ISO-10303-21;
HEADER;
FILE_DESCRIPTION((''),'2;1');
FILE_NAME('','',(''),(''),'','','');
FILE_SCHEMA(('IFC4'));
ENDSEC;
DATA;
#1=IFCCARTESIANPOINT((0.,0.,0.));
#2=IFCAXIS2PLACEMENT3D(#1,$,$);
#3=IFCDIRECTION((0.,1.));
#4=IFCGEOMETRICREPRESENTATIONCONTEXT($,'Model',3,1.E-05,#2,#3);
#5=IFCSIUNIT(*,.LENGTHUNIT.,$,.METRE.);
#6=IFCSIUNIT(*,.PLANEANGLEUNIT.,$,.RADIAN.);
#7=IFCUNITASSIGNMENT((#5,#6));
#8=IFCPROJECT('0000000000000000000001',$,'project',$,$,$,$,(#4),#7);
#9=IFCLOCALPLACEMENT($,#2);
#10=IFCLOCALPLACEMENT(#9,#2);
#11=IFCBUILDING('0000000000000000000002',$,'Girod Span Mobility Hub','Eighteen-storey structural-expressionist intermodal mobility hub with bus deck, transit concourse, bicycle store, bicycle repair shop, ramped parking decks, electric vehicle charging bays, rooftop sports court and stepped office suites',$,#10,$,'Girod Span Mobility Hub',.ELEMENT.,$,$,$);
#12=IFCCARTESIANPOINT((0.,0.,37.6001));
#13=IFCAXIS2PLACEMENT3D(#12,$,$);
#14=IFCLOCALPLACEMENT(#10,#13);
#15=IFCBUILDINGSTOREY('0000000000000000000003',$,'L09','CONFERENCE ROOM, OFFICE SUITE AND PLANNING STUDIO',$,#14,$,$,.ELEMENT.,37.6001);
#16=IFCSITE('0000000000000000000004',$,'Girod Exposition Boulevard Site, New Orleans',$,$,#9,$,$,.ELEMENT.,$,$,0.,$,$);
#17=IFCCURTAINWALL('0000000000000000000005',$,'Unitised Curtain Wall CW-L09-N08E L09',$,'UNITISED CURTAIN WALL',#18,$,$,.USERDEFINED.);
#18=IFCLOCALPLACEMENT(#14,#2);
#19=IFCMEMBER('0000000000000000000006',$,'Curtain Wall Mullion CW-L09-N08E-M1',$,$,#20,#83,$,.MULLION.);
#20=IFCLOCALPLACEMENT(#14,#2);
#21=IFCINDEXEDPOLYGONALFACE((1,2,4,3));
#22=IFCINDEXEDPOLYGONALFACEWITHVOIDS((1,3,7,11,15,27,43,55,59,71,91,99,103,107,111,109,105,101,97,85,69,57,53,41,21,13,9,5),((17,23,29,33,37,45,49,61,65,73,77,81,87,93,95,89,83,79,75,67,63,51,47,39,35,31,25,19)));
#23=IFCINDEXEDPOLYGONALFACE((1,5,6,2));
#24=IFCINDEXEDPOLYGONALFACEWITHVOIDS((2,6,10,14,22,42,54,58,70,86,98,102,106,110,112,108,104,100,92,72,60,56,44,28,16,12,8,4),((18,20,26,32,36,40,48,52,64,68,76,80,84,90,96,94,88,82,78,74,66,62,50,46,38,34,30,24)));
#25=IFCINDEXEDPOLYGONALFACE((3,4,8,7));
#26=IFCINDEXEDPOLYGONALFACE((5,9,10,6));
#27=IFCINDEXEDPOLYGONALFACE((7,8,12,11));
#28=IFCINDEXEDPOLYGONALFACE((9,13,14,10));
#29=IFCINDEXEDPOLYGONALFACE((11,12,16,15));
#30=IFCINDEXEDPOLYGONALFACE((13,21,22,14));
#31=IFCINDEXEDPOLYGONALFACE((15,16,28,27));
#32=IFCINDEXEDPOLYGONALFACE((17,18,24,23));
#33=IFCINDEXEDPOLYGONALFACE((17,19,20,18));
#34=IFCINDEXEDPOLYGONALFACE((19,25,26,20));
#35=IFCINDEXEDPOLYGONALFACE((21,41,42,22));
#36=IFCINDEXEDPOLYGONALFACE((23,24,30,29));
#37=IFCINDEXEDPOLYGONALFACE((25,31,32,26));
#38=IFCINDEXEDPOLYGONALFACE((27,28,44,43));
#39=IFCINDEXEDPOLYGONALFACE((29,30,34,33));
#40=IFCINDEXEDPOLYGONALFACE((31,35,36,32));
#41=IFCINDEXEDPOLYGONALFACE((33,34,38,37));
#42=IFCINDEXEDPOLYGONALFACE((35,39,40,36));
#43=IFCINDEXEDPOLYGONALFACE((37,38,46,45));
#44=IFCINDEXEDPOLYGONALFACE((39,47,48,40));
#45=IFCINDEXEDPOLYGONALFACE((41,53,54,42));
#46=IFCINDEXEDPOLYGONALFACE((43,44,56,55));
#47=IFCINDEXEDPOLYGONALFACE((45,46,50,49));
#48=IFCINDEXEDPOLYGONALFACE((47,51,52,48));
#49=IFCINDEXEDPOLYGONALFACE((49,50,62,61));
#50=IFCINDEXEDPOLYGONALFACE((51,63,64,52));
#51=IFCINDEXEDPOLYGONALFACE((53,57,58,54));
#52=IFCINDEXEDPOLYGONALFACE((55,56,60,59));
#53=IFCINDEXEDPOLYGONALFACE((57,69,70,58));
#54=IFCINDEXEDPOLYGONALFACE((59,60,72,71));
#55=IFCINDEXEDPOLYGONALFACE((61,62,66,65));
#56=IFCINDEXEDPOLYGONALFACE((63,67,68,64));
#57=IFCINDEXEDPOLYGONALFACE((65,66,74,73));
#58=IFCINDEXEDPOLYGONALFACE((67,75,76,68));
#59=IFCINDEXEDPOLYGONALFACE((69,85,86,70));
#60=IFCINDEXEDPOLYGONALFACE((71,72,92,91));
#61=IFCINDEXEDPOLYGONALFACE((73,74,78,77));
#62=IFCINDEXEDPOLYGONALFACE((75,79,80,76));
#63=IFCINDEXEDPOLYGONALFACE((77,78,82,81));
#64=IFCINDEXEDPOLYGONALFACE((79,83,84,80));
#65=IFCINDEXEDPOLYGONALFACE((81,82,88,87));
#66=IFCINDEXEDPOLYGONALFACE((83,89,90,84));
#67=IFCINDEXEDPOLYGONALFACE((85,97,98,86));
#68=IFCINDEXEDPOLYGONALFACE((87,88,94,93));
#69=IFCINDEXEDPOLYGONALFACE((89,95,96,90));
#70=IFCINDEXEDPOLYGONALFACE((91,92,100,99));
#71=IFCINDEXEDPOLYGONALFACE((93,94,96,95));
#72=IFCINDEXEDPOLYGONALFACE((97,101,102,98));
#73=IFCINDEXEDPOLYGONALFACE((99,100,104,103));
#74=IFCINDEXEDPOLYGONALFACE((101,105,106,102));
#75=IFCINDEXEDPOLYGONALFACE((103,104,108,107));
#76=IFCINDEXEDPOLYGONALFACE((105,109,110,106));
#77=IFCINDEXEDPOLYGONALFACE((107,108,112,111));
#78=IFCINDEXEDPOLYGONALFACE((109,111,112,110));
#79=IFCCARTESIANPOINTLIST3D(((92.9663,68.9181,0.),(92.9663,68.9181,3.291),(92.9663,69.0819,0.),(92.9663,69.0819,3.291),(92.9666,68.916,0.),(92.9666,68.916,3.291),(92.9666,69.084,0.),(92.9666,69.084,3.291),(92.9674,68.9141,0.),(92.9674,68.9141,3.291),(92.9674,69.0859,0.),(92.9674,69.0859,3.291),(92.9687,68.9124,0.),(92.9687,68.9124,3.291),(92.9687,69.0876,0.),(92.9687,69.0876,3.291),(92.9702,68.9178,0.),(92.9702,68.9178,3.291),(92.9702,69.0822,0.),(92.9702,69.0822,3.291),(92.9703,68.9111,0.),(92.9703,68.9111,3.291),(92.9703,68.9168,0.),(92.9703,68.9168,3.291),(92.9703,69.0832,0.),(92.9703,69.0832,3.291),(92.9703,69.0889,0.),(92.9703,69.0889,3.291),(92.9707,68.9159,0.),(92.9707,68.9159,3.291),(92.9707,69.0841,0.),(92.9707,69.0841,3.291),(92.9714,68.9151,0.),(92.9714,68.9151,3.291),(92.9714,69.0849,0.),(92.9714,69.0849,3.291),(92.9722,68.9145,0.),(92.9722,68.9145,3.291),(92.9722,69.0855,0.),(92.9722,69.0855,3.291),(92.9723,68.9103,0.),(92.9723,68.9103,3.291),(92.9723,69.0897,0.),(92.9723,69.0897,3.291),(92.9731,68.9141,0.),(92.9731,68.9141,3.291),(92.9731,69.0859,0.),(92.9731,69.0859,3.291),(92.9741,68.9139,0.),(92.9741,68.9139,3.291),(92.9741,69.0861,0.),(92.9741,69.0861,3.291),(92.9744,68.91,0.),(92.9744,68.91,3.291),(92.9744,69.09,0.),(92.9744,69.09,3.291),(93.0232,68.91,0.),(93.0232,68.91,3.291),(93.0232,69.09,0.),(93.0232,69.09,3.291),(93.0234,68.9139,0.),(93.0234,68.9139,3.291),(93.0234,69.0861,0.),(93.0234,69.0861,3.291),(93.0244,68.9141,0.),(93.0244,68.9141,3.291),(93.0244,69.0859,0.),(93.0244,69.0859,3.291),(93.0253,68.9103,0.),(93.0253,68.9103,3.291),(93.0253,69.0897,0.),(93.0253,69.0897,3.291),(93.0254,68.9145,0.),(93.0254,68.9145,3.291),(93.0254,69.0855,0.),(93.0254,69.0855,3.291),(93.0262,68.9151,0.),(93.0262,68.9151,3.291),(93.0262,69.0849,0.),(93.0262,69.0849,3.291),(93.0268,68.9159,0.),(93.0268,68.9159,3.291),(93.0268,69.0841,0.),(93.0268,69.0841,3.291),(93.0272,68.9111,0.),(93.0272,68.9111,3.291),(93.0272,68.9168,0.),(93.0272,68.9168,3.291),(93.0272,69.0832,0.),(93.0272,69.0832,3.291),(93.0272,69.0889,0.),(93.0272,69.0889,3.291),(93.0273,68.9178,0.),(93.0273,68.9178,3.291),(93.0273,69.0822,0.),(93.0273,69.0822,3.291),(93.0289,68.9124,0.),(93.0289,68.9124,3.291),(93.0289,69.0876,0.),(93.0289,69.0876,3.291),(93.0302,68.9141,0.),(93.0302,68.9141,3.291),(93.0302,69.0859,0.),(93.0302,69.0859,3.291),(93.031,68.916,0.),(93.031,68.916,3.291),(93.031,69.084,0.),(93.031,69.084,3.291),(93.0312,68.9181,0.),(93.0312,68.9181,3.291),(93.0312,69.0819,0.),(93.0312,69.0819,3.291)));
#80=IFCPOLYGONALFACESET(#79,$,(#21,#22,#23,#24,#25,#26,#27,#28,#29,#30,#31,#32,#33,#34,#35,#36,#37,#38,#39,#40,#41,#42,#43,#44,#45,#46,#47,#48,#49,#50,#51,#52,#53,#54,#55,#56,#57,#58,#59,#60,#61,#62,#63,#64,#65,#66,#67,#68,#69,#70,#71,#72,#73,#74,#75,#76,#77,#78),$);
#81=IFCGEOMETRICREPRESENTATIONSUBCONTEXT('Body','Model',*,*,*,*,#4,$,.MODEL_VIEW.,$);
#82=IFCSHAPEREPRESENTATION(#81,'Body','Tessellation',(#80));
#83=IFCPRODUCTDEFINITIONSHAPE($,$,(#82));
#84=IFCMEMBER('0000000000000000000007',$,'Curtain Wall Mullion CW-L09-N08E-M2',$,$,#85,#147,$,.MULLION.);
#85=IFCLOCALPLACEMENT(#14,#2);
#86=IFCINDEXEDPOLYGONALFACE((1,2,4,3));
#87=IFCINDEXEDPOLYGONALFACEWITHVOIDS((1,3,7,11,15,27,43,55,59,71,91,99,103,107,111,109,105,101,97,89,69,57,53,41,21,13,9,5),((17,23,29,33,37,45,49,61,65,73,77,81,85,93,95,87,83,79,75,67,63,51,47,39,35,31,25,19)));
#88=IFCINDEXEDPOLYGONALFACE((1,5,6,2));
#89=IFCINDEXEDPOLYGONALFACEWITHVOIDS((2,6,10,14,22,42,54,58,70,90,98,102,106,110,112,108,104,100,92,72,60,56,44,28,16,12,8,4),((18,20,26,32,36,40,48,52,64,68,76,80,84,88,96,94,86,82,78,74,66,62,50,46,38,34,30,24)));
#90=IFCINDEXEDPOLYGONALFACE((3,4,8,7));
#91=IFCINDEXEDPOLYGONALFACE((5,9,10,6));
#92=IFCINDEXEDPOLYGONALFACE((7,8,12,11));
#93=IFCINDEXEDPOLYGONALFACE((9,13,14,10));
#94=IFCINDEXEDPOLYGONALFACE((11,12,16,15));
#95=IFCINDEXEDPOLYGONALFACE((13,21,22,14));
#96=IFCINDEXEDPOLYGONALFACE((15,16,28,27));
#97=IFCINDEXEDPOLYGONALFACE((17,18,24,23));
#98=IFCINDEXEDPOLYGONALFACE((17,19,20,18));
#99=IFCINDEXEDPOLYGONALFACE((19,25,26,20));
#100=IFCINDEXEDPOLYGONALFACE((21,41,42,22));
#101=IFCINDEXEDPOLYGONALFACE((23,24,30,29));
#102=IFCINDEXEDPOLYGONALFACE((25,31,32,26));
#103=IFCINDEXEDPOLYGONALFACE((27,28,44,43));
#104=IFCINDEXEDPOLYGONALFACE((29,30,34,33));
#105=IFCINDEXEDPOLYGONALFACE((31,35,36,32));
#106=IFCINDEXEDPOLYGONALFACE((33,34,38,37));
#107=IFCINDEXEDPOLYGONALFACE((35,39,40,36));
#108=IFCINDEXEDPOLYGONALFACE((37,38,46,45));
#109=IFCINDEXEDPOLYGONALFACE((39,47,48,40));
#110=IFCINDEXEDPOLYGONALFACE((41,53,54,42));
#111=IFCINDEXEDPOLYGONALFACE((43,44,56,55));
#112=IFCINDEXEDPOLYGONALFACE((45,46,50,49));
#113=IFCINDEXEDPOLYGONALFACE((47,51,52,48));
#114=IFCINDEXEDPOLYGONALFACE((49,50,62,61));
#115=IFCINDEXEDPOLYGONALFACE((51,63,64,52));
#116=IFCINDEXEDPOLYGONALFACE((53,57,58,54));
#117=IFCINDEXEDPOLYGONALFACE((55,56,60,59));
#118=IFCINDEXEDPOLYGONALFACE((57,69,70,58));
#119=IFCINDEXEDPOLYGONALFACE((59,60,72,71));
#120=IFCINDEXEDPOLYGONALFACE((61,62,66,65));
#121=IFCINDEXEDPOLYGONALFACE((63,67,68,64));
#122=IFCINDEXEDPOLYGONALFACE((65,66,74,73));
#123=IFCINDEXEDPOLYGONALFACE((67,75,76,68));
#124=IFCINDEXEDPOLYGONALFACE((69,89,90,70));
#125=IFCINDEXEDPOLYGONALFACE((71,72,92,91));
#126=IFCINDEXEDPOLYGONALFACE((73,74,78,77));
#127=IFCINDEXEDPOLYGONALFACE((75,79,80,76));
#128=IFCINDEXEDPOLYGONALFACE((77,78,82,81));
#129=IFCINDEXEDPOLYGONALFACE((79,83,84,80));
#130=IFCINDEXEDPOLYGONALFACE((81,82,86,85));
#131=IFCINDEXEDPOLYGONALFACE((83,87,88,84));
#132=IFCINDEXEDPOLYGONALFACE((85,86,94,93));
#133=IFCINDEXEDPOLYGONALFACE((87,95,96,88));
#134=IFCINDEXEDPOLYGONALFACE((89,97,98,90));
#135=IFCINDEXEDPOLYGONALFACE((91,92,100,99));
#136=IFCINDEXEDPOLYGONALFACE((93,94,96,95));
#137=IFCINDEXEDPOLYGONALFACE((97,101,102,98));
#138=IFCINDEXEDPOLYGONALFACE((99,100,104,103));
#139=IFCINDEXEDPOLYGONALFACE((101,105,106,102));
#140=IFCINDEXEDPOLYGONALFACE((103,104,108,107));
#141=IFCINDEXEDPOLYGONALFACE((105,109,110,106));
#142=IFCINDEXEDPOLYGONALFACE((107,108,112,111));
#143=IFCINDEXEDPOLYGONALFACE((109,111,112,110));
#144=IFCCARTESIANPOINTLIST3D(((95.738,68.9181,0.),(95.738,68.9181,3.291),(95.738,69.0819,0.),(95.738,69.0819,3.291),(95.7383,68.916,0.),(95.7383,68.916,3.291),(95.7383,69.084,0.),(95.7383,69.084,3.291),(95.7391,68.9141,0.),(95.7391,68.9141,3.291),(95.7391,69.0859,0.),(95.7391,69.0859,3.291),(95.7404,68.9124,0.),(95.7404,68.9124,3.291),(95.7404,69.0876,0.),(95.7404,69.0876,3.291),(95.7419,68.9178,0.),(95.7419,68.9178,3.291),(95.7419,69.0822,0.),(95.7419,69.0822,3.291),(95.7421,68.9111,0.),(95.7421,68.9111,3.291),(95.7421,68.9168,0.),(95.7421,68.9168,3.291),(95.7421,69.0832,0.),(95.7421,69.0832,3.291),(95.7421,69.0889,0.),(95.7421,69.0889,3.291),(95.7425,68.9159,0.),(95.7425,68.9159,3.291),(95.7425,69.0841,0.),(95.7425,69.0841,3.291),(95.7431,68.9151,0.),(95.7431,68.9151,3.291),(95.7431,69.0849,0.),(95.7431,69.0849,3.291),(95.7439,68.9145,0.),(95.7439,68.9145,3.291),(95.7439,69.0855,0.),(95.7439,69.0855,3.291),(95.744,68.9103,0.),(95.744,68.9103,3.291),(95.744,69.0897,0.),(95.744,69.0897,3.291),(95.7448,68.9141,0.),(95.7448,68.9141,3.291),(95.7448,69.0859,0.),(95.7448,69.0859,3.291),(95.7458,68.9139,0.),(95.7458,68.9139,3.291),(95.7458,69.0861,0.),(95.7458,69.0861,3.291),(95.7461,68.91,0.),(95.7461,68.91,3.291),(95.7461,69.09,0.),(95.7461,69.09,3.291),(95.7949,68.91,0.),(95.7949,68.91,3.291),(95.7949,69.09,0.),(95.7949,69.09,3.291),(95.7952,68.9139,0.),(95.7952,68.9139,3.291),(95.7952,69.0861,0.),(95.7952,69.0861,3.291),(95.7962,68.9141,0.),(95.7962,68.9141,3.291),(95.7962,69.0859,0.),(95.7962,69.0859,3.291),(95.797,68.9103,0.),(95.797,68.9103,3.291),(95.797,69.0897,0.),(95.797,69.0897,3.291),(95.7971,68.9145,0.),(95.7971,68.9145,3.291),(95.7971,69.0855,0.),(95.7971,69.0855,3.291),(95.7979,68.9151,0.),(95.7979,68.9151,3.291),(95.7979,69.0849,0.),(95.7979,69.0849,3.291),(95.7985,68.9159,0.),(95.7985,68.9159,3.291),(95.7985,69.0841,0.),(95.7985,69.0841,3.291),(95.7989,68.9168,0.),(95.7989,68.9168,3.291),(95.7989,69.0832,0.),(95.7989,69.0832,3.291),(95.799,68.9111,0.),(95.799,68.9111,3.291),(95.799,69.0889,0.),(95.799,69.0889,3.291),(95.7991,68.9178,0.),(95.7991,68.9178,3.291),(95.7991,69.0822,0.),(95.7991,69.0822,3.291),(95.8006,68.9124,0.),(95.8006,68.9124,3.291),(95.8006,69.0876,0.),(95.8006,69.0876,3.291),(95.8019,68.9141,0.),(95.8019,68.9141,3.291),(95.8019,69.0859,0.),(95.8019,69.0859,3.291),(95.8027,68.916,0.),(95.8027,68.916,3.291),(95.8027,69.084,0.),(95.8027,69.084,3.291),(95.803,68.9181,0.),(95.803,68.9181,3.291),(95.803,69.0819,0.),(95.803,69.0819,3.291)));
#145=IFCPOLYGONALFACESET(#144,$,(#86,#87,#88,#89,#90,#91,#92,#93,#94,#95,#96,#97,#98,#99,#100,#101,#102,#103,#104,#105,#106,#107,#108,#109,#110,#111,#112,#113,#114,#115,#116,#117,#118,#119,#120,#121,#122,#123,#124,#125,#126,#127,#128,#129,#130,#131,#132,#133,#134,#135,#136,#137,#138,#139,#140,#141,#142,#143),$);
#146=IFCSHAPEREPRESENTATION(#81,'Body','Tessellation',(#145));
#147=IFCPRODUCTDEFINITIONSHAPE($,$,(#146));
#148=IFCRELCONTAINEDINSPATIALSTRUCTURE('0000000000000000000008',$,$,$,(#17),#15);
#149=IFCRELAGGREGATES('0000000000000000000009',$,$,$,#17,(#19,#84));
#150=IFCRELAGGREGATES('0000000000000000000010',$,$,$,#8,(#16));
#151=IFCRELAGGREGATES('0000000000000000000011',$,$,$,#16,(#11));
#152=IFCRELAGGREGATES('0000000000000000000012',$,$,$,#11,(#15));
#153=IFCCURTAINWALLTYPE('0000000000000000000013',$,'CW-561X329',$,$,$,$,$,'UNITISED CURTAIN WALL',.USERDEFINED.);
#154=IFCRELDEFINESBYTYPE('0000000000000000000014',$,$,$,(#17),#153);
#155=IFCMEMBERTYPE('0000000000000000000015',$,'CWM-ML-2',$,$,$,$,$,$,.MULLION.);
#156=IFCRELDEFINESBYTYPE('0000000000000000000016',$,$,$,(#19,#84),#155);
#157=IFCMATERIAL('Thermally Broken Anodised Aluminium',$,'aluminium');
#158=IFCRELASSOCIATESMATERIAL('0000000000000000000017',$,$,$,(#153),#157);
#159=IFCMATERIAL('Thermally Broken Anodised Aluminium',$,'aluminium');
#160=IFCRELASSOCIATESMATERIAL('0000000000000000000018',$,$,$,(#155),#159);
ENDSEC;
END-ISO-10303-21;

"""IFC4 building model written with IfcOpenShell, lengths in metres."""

from ifc_helpers import new_model, si_unit, direction, frame, origin, origin_2d, place, context, subcontext, project, spatial, hollow_rectangle, extrude, material, material_profile, profile_set, type_object, element, aggregate, save


model = new_model("IFC4")

# Units and contexts
model_context = context("Model", 3, precision=1e-05, world=origin(), true_north=direction((0.0, 1.0)))
body_context = subcontext(model_context, "Body", "Model", "MODEL_VIEW")
ifc_project = project(units=[si_unit("LENGTHUNIT", "METRE"), si_unit("PLANEANGLEUNIT", "RADIAN")], contexts=[model_context])

# Site, building, storey
site_placement = place(None, origin())
site = spatial("IfcSite", under=ifc_project, at=site_placement, Name="Girod Exposition Boulevard Site, New Orleans", CompositionType="ELEMENT", RefElevation=0.0)
building_placement = place(site_placement, origin())
building = spatial("IfcBuilding", under=site, at=building_placement, Name="Girod Span Mobility Hub", Description="Eighteen-storey structural-expressionist intermodal mobility hub with bus deck, transit concourse, bicycle store, bicycle repair shop, ramped parking decks, electric vehicle charging bays, rooftop sports court and stepped office suites", LongName="Girod Span Mobility Hub", CompositionType="ELEMENT")
storey_placement = place(building_placement, frame((0.0, 0.0, 37.6001)))
storey = spatial("IfcBuildingStorey", under=building, at=storey_placement, Name="L09", Description="CONFERENCE ROOM, OFFICE SUITE AND PLANNING STUDIO", CompositionType="ELEMENT", Elevation=37.6001)

# Curtain wall, members
ifc_material_1 = material(Name="Thermally Broken Anodised Aluminium", Category="aluminium")
curtain_wall_type = type_object("IfcCurtainWallType", Name="CW-561X329", ElementType="UNITISED CURTAIN WALL", PredefinedType="USERDEFINED", material=ifc_material_1)
ifc_material_2 = material(Name="Thermally Broken Anodised Aluminium", Category="aluminium")
ifc_material_profile_1 = material_profile(ifc_material_2, hollow_rectangle(XDim=0.1799, YDim=0.0649, WallThickness=0.0039, InnerFilletRadius=0.0039, OuterFilletRadius=0.0081, at=origin_2d()), Name="CW-ML-65X180")
ifc_profile_set_1 = profile_set([ifc_material_profile_1], Name="Thermally Broken Anodised Aluminium")
member_type_1 = type_object("IfcMemberType", Name="CWM-ML-2", PredefinedType="MULLION", material=ifc_profile_set_1)
curtain_wall_1_placement = place(storey_placement, origin())
curtain_wall_1 = element("IfcCurtainWall", 1, at=curtain_wall_1_placement, inside=storey, type_object=curtain_wall_type, Name="Unitised Curtain Wall CW-L09-N08E L09", ObjectType="UNITISED CURTAIN WALL", PredefinedType="USERDEFINED")
member_1_placement = place(storey_placement, frame((92.9988, 69.0, 0.0), z_axis=(0.0, 0.0, 1.0), x_axis=(0.0, 1.0, 0.0)))
member_1 = element("IfcMember", 2, at=member_1_placement, type_object=member_type_1, Name="Curtain Wall Mullion CW-L09-N08E-M1", PredefinedType="MULLION", context=body_context, shape_type="SweptSolid", body=[
    extrude(hollow_rectangle(XDim=0.1799, YDim=0.0649, WallThickness=0.0039, InnerFilletRadius=0.0039, OuterFilletRadius=0.0081, at=origin_2d()), origin(), (0.0, 0.0, 1.0), 3.291),
])
member_2_placement = place(storey_placement, frame((95.7705, 69.0, 0.0), z_axis=(0.0, 0.0, 1.0), x_axis=(0.0, 1.0, 0.0)))
member_2 = element("IfcMember", 3, at=member_2_placement, type_object=member_type_1, Name="Curtain Wall Mullion CW-L09-N08E-M2", PredefinedType="MULLION", context=body_context, shape_type="SweptSolid", body=[
    extrude(hollow_rectangle(XDim=0.1799, YDim=0.0649, WallThickness=0.0039, InnerFilletRadius=0.0039, OuterFilletRadius=0.0081, at=origin_2d()), origin(), (0.0, 0.0, 1.0), 3.291),
])

aggregate(curtain_wall_1, [member_1, member_2])

save(model, "model.ifc")
